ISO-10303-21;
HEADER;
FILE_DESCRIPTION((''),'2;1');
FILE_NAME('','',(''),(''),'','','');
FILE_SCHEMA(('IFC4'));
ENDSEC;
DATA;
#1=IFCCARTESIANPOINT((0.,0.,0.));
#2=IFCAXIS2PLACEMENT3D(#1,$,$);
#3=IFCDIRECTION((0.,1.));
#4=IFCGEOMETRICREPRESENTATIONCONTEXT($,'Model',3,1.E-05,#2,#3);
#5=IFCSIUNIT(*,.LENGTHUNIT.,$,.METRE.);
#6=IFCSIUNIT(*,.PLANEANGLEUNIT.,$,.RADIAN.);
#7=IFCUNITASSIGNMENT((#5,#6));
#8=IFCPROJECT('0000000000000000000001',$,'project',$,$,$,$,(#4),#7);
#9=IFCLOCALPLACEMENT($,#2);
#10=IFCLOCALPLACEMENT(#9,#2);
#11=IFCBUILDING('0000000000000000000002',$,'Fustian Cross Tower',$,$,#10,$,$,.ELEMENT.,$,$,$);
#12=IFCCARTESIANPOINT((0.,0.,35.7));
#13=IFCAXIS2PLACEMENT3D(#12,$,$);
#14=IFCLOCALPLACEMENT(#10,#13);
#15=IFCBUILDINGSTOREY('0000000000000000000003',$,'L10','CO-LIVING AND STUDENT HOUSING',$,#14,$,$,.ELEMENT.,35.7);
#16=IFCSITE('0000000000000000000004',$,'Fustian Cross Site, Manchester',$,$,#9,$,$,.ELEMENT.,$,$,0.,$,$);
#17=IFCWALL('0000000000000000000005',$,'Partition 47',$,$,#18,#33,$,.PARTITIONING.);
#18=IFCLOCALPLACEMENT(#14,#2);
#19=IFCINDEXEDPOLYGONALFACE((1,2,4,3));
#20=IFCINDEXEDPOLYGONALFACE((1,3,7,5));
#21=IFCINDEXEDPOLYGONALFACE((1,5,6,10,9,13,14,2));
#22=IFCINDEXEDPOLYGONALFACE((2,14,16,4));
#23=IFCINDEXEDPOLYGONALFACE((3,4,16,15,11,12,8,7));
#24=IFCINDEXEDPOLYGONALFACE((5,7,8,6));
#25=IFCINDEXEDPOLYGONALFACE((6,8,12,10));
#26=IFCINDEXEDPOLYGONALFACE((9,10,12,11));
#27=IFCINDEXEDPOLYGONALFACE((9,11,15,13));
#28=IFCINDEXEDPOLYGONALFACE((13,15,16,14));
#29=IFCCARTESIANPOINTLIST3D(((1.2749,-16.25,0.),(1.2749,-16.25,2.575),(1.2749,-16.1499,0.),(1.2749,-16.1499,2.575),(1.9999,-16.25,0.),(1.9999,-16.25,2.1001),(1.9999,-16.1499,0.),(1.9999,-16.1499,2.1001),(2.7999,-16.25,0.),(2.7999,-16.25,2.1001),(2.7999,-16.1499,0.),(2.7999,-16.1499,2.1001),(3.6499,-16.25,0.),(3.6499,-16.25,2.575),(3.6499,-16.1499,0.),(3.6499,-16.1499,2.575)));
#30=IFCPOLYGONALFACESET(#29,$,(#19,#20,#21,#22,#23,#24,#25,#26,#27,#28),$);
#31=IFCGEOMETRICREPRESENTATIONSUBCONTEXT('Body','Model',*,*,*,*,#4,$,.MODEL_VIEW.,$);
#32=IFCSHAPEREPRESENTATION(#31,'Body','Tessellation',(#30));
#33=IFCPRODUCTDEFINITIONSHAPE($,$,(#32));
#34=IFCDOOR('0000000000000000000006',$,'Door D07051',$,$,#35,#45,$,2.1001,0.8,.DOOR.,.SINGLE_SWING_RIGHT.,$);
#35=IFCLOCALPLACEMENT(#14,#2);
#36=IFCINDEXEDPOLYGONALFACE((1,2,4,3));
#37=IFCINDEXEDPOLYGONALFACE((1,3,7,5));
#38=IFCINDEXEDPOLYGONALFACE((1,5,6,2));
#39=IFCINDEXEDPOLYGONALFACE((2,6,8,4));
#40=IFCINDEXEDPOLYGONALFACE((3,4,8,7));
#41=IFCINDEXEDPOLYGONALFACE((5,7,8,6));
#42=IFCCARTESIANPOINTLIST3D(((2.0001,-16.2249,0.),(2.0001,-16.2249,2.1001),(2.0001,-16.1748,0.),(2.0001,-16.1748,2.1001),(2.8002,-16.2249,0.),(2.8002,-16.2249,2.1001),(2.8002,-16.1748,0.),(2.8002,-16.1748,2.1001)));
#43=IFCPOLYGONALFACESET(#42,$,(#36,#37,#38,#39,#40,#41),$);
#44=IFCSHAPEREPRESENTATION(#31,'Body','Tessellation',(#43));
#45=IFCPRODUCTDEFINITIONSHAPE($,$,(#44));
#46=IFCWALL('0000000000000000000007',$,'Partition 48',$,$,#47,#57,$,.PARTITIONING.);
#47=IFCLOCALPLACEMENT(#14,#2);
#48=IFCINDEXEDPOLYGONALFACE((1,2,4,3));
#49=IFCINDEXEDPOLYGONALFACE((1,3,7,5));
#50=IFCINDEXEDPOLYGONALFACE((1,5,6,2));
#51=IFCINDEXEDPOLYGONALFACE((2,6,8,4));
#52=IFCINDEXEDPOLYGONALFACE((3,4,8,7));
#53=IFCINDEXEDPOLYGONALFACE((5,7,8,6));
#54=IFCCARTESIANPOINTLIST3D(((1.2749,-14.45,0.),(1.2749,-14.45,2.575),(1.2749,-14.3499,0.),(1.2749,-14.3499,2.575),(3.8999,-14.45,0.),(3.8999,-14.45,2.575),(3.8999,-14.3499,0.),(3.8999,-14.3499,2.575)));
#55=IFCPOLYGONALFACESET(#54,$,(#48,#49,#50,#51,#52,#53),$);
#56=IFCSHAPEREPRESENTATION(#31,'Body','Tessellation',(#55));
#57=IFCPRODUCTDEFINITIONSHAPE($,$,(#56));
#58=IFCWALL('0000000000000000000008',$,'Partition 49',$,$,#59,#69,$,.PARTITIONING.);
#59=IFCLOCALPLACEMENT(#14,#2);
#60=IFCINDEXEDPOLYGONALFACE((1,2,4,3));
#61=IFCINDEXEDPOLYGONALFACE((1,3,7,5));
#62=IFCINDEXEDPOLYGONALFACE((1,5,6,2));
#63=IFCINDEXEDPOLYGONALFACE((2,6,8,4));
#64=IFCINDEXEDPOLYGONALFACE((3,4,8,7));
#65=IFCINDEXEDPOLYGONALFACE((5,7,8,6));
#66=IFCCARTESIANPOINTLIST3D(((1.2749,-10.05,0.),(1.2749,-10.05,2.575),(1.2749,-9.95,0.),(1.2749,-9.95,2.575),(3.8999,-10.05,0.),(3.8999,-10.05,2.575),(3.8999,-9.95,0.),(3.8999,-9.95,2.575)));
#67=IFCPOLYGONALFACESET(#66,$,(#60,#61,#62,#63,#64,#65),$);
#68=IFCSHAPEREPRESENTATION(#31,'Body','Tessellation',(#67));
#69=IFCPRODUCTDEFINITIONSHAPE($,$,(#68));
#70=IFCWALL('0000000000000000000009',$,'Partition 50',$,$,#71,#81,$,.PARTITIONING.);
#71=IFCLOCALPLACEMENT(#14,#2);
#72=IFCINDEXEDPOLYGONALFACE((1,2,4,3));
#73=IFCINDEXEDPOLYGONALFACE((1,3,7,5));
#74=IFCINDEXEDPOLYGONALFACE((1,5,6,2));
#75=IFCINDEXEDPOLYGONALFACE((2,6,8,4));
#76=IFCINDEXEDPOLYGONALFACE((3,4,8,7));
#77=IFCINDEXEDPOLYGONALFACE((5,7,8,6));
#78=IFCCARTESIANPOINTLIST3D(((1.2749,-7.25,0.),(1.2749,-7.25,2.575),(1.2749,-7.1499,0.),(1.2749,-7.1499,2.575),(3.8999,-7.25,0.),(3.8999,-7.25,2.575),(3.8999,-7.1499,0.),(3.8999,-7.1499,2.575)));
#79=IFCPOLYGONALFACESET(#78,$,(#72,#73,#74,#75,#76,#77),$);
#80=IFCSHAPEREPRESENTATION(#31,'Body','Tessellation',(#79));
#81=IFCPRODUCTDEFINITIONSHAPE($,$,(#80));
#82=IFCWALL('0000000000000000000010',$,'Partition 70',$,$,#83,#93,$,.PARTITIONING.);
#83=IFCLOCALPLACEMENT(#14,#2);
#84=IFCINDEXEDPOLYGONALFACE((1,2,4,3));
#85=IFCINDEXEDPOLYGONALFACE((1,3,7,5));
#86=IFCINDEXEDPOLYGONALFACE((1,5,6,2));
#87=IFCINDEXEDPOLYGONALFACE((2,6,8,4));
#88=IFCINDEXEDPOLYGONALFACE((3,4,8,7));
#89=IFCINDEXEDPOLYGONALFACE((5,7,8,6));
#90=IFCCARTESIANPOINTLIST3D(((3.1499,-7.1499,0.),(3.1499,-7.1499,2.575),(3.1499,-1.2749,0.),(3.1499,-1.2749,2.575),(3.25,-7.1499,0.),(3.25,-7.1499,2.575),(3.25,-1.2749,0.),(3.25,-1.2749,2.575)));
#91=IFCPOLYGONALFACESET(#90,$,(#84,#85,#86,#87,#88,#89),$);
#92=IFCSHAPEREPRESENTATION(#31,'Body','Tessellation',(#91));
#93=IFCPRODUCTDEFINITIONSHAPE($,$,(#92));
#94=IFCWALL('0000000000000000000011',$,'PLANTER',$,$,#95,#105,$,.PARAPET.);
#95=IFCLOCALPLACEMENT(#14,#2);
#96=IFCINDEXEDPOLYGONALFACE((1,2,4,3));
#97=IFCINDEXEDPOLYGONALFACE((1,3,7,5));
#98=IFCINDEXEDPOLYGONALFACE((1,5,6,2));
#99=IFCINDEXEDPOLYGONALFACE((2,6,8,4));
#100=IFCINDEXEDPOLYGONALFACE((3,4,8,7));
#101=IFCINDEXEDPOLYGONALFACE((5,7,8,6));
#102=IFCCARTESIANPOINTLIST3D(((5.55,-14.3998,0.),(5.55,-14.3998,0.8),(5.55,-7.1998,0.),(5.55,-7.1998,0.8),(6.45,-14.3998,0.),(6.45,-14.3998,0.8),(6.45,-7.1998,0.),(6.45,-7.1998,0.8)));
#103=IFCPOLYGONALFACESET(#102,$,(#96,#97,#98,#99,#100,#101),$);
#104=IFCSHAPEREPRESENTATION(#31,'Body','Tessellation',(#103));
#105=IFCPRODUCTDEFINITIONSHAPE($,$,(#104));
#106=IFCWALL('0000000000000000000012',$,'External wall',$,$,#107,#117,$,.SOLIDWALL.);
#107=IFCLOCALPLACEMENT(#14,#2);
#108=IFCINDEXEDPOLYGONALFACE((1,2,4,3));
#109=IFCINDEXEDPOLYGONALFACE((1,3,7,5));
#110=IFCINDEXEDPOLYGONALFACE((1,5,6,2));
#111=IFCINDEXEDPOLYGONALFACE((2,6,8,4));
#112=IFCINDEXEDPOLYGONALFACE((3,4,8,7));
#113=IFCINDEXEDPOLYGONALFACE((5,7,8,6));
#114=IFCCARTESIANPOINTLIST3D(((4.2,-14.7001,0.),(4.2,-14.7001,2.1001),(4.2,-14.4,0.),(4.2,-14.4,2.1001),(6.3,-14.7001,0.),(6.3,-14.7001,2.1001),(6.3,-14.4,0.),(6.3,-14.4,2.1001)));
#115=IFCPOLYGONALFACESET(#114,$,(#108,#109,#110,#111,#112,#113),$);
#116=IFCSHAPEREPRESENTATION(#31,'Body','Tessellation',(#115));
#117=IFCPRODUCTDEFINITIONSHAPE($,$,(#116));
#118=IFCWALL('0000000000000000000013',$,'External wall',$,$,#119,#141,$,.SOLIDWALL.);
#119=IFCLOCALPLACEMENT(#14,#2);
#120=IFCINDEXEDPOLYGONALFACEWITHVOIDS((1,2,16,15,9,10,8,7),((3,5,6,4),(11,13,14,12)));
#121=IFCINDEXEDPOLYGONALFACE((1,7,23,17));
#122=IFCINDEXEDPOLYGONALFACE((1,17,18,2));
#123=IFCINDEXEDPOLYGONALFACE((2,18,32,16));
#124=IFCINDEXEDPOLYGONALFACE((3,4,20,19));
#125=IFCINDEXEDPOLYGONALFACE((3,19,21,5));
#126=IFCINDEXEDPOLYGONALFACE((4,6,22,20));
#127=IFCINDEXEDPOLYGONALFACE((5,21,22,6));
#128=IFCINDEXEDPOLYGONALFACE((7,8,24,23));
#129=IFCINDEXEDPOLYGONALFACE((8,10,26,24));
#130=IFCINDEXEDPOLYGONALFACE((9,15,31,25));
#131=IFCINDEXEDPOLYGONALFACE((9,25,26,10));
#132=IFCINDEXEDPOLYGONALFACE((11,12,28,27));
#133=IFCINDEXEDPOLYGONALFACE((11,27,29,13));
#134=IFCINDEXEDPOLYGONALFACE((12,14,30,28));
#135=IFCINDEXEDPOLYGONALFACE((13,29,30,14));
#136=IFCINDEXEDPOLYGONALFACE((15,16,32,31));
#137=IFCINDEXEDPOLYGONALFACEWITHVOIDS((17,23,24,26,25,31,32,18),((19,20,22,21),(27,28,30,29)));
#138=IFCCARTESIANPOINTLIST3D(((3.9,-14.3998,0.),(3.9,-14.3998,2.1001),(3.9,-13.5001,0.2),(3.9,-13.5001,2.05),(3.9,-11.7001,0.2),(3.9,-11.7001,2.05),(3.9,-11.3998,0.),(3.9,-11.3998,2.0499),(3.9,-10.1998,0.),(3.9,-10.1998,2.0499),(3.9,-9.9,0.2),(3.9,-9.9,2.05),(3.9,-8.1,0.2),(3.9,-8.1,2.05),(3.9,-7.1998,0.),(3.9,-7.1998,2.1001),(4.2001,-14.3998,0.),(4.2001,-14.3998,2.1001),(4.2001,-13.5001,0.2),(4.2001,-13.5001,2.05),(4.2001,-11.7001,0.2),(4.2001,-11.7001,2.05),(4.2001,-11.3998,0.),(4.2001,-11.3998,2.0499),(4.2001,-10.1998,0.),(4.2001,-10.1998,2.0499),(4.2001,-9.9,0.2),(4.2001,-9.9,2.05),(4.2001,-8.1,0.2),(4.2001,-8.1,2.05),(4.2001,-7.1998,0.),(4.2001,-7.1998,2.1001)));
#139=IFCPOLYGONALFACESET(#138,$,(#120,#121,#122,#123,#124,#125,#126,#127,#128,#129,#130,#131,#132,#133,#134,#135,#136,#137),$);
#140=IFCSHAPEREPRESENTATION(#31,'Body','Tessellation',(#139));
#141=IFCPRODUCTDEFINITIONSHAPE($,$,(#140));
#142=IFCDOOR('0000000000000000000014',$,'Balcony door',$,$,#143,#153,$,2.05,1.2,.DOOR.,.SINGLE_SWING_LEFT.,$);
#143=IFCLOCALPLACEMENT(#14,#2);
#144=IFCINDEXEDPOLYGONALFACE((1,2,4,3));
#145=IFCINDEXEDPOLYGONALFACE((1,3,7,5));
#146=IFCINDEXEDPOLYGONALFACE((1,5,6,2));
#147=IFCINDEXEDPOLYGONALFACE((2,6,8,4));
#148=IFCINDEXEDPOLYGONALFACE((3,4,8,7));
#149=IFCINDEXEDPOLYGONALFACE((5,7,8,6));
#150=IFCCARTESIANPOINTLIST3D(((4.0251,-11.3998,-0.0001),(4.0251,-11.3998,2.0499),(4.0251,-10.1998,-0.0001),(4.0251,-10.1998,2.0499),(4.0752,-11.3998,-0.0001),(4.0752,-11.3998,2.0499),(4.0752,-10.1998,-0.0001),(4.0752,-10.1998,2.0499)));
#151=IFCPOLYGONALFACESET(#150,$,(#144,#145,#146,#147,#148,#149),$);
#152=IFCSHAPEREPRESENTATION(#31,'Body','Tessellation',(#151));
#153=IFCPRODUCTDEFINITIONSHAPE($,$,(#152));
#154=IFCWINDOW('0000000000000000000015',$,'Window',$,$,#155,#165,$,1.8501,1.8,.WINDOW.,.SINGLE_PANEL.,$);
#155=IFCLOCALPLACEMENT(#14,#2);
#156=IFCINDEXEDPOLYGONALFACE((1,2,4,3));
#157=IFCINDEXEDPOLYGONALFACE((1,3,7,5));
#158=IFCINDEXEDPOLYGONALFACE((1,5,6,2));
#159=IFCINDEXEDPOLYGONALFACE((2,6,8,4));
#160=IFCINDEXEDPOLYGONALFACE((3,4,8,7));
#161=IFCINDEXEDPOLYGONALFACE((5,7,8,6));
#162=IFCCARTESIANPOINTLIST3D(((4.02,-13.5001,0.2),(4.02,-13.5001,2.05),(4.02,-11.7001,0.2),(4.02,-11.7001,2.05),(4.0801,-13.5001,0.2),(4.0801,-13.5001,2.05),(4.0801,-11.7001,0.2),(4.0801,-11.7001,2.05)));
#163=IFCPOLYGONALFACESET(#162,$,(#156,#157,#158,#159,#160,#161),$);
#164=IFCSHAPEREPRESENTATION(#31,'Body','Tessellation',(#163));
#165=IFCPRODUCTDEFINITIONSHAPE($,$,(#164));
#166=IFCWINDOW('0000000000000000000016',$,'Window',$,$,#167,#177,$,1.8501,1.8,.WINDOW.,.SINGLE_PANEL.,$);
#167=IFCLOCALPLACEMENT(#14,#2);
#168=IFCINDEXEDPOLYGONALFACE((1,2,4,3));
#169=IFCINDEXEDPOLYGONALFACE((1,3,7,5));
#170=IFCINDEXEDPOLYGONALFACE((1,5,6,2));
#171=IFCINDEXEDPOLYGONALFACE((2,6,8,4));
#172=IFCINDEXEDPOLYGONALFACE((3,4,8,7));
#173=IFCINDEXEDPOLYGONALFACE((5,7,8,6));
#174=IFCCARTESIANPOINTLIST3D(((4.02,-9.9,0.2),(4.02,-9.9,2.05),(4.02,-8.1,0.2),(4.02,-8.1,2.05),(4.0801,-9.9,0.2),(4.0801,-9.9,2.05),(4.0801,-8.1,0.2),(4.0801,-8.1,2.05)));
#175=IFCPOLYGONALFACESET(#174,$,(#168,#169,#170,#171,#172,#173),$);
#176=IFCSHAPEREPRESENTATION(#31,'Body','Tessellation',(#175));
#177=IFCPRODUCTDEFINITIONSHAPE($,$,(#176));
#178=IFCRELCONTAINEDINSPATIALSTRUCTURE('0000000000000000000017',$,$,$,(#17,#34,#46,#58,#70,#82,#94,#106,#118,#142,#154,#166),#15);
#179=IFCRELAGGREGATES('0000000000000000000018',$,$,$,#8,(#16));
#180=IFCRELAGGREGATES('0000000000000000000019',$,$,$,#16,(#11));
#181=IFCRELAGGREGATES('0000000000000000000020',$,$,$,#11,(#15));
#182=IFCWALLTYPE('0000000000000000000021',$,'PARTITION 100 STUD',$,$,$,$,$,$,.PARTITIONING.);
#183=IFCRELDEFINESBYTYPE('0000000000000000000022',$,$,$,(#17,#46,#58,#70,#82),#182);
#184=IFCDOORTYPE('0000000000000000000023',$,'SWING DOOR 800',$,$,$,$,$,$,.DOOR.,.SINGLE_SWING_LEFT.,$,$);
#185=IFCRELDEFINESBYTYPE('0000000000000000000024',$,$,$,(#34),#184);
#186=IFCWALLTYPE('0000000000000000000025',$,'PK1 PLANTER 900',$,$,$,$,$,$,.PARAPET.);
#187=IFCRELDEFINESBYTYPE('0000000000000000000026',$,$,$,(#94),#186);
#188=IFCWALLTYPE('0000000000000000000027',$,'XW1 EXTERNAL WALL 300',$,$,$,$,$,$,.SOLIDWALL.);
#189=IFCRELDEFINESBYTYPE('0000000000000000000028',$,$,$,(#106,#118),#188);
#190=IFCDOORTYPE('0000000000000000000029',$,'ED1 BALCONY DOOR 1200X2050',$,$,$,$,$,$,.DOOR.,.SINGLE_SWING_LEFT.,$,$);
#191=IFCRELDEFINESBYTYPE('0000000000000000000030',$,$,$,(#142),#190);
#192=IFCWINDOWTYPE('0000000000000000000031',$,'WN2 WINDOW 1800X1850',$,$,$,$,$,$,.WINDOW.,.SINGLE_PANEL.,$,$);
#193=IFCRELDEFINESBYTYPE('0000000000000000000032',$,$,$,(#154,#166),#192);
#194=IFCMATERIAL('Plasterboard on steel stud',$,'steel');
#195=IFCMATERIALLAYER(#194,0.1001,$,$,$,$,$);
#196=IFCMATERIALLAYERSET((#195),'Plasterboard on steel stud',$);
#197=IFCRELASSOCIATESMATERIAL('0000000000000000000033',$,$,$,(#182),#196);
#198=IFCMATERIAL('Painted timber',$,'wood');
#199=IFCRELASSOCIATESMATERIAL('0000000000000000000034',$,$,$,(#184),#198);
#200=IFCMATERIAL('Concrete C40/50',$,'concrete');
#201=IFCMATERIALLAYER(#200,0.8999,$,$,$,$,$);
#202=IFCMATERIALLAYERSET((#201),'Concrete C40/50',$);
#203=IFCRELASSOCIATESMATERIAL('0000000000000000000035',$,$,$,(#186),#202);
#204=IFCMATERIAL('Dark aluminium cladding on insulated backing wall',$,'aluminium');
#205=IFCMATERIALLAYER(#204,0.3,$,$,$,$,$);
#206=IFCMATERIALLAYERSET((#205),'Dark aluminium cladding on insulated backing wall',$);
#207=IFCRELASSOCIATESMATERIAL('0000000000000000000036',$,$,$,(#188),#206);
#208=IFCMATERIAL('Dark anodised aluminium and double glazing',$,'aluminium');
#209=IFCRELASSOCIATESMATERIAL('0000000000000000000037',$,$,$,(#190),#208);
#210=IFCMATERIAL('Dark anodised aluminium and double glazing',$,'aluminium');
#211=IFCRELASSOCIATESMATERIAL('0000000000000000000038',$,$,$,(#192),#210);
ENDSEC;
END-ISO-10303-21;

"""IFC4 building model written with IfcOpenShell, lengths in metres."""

from ifc_helpers import new_model, si_unit, direction, frame, frame_2d, origin, place, context, subcontext, project, spatial, rectangle, extrude, material, layer, layer_set, type_object, element, fill, save


model = new_model("IFC4")

# Units and contexts
model_context = context("Model", 3, precision=1e-05, world=origin(), true_north=direction((0.0, 1.0)))
body_context = subcontext(model_context, "Body", "Model", "MODEL_VIEW")
ifc_project = project(units=[si_unit("LENGTHUNIT", "METRE"), si_unit("PLANEANGLEUNIT", "RADIAN")], contexts=[model_context])

# Site, building, storey
site_placement = place(None, origin())
site = spatial("IfcSite", under=ifc_project, at=site_placement, Name="Fustian Cross Site, Manchester", CompositionType="ELEMENT", RefElevation=0.0)
building_placement = place(site_placement, origin())
building = spatial("IfcBuilding", under=site, at=building_placement, Name="Fustian Cross Tower", CompositionType="ELEMENT")
storey_placement = place(building_placement, frame((0.0, 0.0, 35.7)))
storey = spatial("IfcBuildingStorey", under=building, at=storey_placement, Name="L10", Description="CO-LIVING AND STUDENT HOUSING", CompositionType="ELEMENT", Elevation=35.7)

# Wall, opening, door
ifc_material_1 = material(Name="Plasterboard on steel stud", Category="steel")
ifc_layer_1 = layer(ifc_material_1, 0.1001)
ifc_layer_set_1 = layer_set([ifc_layer_1], Name="Plasterboard on steel stud")
wall_type_1 = type_object("IfcWallType", Name="PARTITION 100 STUD", PredefinedType="PARTITIONING", material=ifc_layer_set_1)
wall_1_placement = place(storey_placement, frame((1.2749, -16.2, 0.0), z_axis=(0.0, 0.0, 1.0), x_axis=(1.0, 0.0, 0.0)))
wall_1 = element("IfcWall", 1, at=wall_1_placement, inside=storey, type_object=wall_type_1, Name="Partition 47", PredefinedType="PARTITIONING", context=body_context, shape_type="SweptSolid", body=[
    extrude(rectangle(XDim=2.375, YDim=0.1001, at=frame_2d((1.1875, 0.0))), origin(), (0.0, 0.0, 1.0), 2.575),
])
opening_1_placement = place(wall_1_placement, frame((0.7251, 0.0, 0.0)))
opening_1 = element("IfcOpeningElement", 2, at=opening_1_placement, cuts=wall_1, PredefinedType="OPENING", context=body_context, shape_type="SweptSolid", body=[
    extrude(rectangle(XDim=0.8, YDim=2.1001, at=frame_2d((0.3999, 1.05))), frame((0.0, 0.0601, 0.0), z_axis=(0.0, -1.0, 0.0), x_axis=(1.0, 0.0, 0.0)), (0.0, 0.0, 1.0), 0.1201),
])
ifc_material_2 = material(Name="Painted timber", Category="wood")
door_type_1 = type_object("IfcDoorType", Name="SWING DOOR 800", OperationType="SINGLE_SWING_LEFT", PredefinedType="DOOR", material=ifc_material_2)
door_1_placement = place(opening_1_placement, frame((0.8, 0.0, 0.0), z_axis=(0.0, 0.0, 1.0), x_axis=(-1.0, 0.0, 0.0)))
door_1 = element("IfcDoor", 3, at=door_1_placement, inside=storey, type_object=door_type_1, Name="Door D07051", OperationType="SINGLE_SWING_RIGHT", OverallHeight=2.1001, OverallWidth=0.8, PredefinedType="DOOR", context=body_context, shape_type="SweptSolid", body=[
    extrude(rectangle(XDim=0.8, YDim=2.1001, at=frame_2d((0.3999, 1.05))), frame((0.0, 0.0249, 0.0), z_axis=(0.0, -1.0, 0.0), x_axis=(1.0, 0.0, 0.0)), (0.0, 0.0, 1.0), 0.05),
])
fill(opening_1, door_1)

# Walls
for number, where, z_axis, x_axis, name in (
    (4, (1.2749, -14.3999, 0.0), (0.0, 0.0, 1.0), (1.0, 0.0, 0.0), "Partition 48"),
    (5, (1.2749, -10.0, 0.0), (0.0, 0.0, 1.0), (1.0, 0.0, 0.0), "Partition 49"),
    (6, (1.2749, -7.2, 0.0), (0.0, 0.0, 1.0), (1.0, 0.0, 0.0), "Partition 50"),
):
    element("IfcWall", number, at=place(storey_placement, frame(where, z_axis=z_axis, x_axis=x_axis)), inside=storey, type_object=wall_type_1, Name=name, PredefinedType="PARTITIONING", context=body_context, shape_type="SweptSolid", body=[
        extrude(rectangle(XDim=2.625, YDim=0.1001, at=frame_2d((1.3125, 0.0))), origin(), (0.0, 0.0, 1.0), 2.575),
    ])
wall_2_placement = place(storey_placement, frame((3.2, -7.1499, 0.0), z_axis=(0.0, 0.0, 1.0), x_axis=(0.0, 1.0, 0.0)))
element("IfcWall", 7, at=wall_2_placement, inside=storey, type_object=wall_type_1, Name="Partition 70", PredefinedType="PARTITIONING", context=body_context, shape_type="SweptSolid", body=[
    extrude(rectangle(XDim=5.875, YDim=0.1001, at=frame_2d((2.9375, 0.0))), origin(), (0.0, 0.0, 1.0), 2.575),
])
ifc_material_3 = material(Name="Concrete C40/50", Category="concrete")
ifc_layer_2 = layer(ifc_material_3, 0.8999)
ifc_layer_set_2 = layer_set([ifc_layer_2], Name="Concrete C40/50")
wall_type_2 = type_object("IfcWallType", Name="PK1 PLANTER 900", PredefinedType="PARAPET", material=ifc_layer_set_2)
wall_3_placement = place(storey_placement, frame((6.0, -14.3999, 0.0), z_axis=(0.0, 0.0, 1.0), x_axis=(0.0, 1.0, 0.0)))
element("IfcWall", 8, at=wall_3_placement, inside=storey, type_object=wall_type_2, Name="PLANTER", PredefinedType="PARAPET", context=body_context, shape_type="SweptSolid", body=[
    extrude(rectangle(XDim=7.2, YDim=0.8999, at=frame_2d((3.6001, 0.0))), origin(), (0.0, 0.0, 1.0), 0.8),
])
ifc_material_4 = material(Name="Dark aluminium cladding on insulated backing wall", Category="aluminium")
ifc_layer_3 = layer(ifc_material_4, 0.3)
ifc_layer_set_3 = layer_set([ifc_layer_3], Name="Dark aluminium cladding on insulated backing wall")
wall_type_3 = type_object("IfcWallType", Name="XW1 EXTERNAL WALL 300", PredefinedType="SOLIDWALL", material=ifc_layer_set_3)
wall_4_placement = place(storey_placement, frame((6.3, -14.55, 0.0), z_axis=(0.0, 0.0, 1.0), x_axis=(-1.0, 0.0, 0.0)))
element("IfcWall", 9, at=wall_4_placement, inside=storey, type_object=wall_type_3, Name="External wall", PredefinedType="SOLIDWALL", context=body_context, shape_type="SweptSolid", body=[
    extrude(rectangle(XDim=2.1001, YDim=0.3, at=frame_2d((1.05, 0.0))), origin(), (0.0, 0.0, 1.0), 2.1001),
])

# Wall, openings, door, windows
wall_5_placement = place(storey_placement, frame((4.05, -14.3999, 0.0), z_axis=(0.0, 0.0, 1.0), x_axis=(0.0, 1.0, 0.0)))
wall_5 = element("IfcWall", 10, at=wall_5_placement, inside=storey, type_object=wall_type_3, Name="External wall", PredefinedType="SOLIDWALL", context=body_context, shape_type="SweptSolid", body=[
    extrude(rectangle(XDim=7.2, YDim=0.3, at=frame_2d((3.6001, 0.0))), origin(), (0.0, 0.0, 1.0), 2.1001),
])
opening_2_placement = place(wall_5_placement, frame((3.0, 0.0, 0.0)))
opening_2 = element("IfcOpeningElement", 11, at=opening_2_placement, cuts=wall_5, PredefinedType="OPENING", context=body_context, shape_type="SweptSolid", body=[
    extrude(rectangle(XDim=1.2, YDim=2.05, at=frame_2d((0.6001, 1.0249))), frame((0.0, 0.1599, 0.0), z_axis=(0.0, -1.0, 0.0), x_axis=(1.0, 0.0, 0.0)), (0.0, 0.0, 1.0), 0.3201),
])
opening_3_placement = place(wall_5_placement, frame((0.8999, 0.0, 0.2)))
opening_3 = element("IfcOpeningElement", 12, at=opening_3_placement, cuts=wall_5, PredefinedType="OPENING", context=body_context, shape_type="SweptSolid", body=[
    extrude(rectangle(XDim=1.8, YDim=1.8501, at=frame_2d((0.8999, 0.925))), frame((0.0, 0.1599, 0.0), z_axis=(0.0, -1.0, 0.0), x_axis=(1.0, 0.0, 0.0)), (0.0, 0.0, 1.0), 0.3201),
])
opening_4_placement = place(wall_5_placement, frame((4.5, 0.0, 0.2)))
opening_4 = element("IfcOpeningElement", 13, at=opening_4_placement, cuts=wall_5, PredefinedType="OPENING", context=body_context, shape_type="SweptSolid", body=[
    extrude(rectangle(XDim=1.8, YDim=1.8501, at=frame_2d((0.8999, 0.925))), frame((0.0, 0.1599, 0.0), z_axis=(0.0, -1.0, 0.0), x_axis=(1.0, 0.0, 0.0)), (0.0, 0.0, 1.0), 0.3201),
])
ifc_material_5 = material(Name="Dark anodised aluminium and double glazing", Category="aluminium")
door_type_2 = type_object("IfcDoorType", Name="ED1 BALCONY DOOR 1200X2050", OperationType="SINGLE_SWING_LEFT", PredefinedType="DOOR", material=ifc_material_5)
door_2_placement = place(opening_2_placement, origin())
door_2 = element("IfcDoor", 14, at=door_2_placement, inside=storey, type_object=door_type_2, Name="Balcony door", OperationType="SINGLE_SWING_LEFT", OverallHeight=2.05, OverallWidth=1.2, PredefinedType="DOOR", context=body_context, shape_type="SweptSolid", body=[
    extrude(rectangle(XDim=1.2, YDim=2.05, at=frame_2d((0.6001, 1.0249))), frame((0.0, 0.0249, 0.0), z_axis=(0.0, -1.0, 0.0), x_axis=(1.0, 0.0, 0.0)), (0.0, 0.0, 1.0), 0.05),
])
fill(opening_2, door_2)
ifc_material_6 = material(Name="Dark anodised aluminium and double glazing", Category="aluminium")
window_type = type_object("IfcWindowType", Name="WN2 WINDOW 1800X1850", PartitioningType="SINGLE_PANEL", PredefinedType="WINDOW", material=ifc_material_6)
window_1_placement = place(opening_3_placement, origin())
window_1 = element("IfcWindow", 15, at=window_1_placement, inside=storey, type_object=window_type, Name="Window", OverallHeight=1.8501, OverallWidth=1.8, PartitioningType="SINGLE_PANEL", PredefinedType="WINDOW", context=body_context, shape_type="SweptSolid", body=[
    extrude(rectangle(XDim=1.8, YDim=1.8501, at=frame_2d((0.8999, 0.925))), frame((0.0, 0.03, 0.0), z_axis=(0.0, -1.0, 0.0), x_axis=(1.0, 0.0, 0.0)), (0.0, 0.0, 1.0), 0.0601),
])
fill(opening_3, window_1)
window_2_placement = place(opening_4_placement, origin())
window_2 = element("IfcWindow", 16, at=window_2_placement, inside=storey, type_object=window_type, Name="Window", OverallHeight=1.8501, OverallWidth=1.8, PartitioningType="SINGLE_PANEL", PredefinedType="WINDOW", context=body_context, shape_type="SweptSolid", body=[
    extrude(rectangle(XDim=1.8, YDim=1.8501, at=frame_2d((0.8999, 0.925))), frame((0.0, 0.03, 0.0), z_axis=(0.0, -1.0, 0.0), x_axis=(1.0, 0.0, 0.0)), (0.0, 0.0, 1.0), 0.0601),
])
fill(opening_4, window_2)

save(model, "model.ifc")
